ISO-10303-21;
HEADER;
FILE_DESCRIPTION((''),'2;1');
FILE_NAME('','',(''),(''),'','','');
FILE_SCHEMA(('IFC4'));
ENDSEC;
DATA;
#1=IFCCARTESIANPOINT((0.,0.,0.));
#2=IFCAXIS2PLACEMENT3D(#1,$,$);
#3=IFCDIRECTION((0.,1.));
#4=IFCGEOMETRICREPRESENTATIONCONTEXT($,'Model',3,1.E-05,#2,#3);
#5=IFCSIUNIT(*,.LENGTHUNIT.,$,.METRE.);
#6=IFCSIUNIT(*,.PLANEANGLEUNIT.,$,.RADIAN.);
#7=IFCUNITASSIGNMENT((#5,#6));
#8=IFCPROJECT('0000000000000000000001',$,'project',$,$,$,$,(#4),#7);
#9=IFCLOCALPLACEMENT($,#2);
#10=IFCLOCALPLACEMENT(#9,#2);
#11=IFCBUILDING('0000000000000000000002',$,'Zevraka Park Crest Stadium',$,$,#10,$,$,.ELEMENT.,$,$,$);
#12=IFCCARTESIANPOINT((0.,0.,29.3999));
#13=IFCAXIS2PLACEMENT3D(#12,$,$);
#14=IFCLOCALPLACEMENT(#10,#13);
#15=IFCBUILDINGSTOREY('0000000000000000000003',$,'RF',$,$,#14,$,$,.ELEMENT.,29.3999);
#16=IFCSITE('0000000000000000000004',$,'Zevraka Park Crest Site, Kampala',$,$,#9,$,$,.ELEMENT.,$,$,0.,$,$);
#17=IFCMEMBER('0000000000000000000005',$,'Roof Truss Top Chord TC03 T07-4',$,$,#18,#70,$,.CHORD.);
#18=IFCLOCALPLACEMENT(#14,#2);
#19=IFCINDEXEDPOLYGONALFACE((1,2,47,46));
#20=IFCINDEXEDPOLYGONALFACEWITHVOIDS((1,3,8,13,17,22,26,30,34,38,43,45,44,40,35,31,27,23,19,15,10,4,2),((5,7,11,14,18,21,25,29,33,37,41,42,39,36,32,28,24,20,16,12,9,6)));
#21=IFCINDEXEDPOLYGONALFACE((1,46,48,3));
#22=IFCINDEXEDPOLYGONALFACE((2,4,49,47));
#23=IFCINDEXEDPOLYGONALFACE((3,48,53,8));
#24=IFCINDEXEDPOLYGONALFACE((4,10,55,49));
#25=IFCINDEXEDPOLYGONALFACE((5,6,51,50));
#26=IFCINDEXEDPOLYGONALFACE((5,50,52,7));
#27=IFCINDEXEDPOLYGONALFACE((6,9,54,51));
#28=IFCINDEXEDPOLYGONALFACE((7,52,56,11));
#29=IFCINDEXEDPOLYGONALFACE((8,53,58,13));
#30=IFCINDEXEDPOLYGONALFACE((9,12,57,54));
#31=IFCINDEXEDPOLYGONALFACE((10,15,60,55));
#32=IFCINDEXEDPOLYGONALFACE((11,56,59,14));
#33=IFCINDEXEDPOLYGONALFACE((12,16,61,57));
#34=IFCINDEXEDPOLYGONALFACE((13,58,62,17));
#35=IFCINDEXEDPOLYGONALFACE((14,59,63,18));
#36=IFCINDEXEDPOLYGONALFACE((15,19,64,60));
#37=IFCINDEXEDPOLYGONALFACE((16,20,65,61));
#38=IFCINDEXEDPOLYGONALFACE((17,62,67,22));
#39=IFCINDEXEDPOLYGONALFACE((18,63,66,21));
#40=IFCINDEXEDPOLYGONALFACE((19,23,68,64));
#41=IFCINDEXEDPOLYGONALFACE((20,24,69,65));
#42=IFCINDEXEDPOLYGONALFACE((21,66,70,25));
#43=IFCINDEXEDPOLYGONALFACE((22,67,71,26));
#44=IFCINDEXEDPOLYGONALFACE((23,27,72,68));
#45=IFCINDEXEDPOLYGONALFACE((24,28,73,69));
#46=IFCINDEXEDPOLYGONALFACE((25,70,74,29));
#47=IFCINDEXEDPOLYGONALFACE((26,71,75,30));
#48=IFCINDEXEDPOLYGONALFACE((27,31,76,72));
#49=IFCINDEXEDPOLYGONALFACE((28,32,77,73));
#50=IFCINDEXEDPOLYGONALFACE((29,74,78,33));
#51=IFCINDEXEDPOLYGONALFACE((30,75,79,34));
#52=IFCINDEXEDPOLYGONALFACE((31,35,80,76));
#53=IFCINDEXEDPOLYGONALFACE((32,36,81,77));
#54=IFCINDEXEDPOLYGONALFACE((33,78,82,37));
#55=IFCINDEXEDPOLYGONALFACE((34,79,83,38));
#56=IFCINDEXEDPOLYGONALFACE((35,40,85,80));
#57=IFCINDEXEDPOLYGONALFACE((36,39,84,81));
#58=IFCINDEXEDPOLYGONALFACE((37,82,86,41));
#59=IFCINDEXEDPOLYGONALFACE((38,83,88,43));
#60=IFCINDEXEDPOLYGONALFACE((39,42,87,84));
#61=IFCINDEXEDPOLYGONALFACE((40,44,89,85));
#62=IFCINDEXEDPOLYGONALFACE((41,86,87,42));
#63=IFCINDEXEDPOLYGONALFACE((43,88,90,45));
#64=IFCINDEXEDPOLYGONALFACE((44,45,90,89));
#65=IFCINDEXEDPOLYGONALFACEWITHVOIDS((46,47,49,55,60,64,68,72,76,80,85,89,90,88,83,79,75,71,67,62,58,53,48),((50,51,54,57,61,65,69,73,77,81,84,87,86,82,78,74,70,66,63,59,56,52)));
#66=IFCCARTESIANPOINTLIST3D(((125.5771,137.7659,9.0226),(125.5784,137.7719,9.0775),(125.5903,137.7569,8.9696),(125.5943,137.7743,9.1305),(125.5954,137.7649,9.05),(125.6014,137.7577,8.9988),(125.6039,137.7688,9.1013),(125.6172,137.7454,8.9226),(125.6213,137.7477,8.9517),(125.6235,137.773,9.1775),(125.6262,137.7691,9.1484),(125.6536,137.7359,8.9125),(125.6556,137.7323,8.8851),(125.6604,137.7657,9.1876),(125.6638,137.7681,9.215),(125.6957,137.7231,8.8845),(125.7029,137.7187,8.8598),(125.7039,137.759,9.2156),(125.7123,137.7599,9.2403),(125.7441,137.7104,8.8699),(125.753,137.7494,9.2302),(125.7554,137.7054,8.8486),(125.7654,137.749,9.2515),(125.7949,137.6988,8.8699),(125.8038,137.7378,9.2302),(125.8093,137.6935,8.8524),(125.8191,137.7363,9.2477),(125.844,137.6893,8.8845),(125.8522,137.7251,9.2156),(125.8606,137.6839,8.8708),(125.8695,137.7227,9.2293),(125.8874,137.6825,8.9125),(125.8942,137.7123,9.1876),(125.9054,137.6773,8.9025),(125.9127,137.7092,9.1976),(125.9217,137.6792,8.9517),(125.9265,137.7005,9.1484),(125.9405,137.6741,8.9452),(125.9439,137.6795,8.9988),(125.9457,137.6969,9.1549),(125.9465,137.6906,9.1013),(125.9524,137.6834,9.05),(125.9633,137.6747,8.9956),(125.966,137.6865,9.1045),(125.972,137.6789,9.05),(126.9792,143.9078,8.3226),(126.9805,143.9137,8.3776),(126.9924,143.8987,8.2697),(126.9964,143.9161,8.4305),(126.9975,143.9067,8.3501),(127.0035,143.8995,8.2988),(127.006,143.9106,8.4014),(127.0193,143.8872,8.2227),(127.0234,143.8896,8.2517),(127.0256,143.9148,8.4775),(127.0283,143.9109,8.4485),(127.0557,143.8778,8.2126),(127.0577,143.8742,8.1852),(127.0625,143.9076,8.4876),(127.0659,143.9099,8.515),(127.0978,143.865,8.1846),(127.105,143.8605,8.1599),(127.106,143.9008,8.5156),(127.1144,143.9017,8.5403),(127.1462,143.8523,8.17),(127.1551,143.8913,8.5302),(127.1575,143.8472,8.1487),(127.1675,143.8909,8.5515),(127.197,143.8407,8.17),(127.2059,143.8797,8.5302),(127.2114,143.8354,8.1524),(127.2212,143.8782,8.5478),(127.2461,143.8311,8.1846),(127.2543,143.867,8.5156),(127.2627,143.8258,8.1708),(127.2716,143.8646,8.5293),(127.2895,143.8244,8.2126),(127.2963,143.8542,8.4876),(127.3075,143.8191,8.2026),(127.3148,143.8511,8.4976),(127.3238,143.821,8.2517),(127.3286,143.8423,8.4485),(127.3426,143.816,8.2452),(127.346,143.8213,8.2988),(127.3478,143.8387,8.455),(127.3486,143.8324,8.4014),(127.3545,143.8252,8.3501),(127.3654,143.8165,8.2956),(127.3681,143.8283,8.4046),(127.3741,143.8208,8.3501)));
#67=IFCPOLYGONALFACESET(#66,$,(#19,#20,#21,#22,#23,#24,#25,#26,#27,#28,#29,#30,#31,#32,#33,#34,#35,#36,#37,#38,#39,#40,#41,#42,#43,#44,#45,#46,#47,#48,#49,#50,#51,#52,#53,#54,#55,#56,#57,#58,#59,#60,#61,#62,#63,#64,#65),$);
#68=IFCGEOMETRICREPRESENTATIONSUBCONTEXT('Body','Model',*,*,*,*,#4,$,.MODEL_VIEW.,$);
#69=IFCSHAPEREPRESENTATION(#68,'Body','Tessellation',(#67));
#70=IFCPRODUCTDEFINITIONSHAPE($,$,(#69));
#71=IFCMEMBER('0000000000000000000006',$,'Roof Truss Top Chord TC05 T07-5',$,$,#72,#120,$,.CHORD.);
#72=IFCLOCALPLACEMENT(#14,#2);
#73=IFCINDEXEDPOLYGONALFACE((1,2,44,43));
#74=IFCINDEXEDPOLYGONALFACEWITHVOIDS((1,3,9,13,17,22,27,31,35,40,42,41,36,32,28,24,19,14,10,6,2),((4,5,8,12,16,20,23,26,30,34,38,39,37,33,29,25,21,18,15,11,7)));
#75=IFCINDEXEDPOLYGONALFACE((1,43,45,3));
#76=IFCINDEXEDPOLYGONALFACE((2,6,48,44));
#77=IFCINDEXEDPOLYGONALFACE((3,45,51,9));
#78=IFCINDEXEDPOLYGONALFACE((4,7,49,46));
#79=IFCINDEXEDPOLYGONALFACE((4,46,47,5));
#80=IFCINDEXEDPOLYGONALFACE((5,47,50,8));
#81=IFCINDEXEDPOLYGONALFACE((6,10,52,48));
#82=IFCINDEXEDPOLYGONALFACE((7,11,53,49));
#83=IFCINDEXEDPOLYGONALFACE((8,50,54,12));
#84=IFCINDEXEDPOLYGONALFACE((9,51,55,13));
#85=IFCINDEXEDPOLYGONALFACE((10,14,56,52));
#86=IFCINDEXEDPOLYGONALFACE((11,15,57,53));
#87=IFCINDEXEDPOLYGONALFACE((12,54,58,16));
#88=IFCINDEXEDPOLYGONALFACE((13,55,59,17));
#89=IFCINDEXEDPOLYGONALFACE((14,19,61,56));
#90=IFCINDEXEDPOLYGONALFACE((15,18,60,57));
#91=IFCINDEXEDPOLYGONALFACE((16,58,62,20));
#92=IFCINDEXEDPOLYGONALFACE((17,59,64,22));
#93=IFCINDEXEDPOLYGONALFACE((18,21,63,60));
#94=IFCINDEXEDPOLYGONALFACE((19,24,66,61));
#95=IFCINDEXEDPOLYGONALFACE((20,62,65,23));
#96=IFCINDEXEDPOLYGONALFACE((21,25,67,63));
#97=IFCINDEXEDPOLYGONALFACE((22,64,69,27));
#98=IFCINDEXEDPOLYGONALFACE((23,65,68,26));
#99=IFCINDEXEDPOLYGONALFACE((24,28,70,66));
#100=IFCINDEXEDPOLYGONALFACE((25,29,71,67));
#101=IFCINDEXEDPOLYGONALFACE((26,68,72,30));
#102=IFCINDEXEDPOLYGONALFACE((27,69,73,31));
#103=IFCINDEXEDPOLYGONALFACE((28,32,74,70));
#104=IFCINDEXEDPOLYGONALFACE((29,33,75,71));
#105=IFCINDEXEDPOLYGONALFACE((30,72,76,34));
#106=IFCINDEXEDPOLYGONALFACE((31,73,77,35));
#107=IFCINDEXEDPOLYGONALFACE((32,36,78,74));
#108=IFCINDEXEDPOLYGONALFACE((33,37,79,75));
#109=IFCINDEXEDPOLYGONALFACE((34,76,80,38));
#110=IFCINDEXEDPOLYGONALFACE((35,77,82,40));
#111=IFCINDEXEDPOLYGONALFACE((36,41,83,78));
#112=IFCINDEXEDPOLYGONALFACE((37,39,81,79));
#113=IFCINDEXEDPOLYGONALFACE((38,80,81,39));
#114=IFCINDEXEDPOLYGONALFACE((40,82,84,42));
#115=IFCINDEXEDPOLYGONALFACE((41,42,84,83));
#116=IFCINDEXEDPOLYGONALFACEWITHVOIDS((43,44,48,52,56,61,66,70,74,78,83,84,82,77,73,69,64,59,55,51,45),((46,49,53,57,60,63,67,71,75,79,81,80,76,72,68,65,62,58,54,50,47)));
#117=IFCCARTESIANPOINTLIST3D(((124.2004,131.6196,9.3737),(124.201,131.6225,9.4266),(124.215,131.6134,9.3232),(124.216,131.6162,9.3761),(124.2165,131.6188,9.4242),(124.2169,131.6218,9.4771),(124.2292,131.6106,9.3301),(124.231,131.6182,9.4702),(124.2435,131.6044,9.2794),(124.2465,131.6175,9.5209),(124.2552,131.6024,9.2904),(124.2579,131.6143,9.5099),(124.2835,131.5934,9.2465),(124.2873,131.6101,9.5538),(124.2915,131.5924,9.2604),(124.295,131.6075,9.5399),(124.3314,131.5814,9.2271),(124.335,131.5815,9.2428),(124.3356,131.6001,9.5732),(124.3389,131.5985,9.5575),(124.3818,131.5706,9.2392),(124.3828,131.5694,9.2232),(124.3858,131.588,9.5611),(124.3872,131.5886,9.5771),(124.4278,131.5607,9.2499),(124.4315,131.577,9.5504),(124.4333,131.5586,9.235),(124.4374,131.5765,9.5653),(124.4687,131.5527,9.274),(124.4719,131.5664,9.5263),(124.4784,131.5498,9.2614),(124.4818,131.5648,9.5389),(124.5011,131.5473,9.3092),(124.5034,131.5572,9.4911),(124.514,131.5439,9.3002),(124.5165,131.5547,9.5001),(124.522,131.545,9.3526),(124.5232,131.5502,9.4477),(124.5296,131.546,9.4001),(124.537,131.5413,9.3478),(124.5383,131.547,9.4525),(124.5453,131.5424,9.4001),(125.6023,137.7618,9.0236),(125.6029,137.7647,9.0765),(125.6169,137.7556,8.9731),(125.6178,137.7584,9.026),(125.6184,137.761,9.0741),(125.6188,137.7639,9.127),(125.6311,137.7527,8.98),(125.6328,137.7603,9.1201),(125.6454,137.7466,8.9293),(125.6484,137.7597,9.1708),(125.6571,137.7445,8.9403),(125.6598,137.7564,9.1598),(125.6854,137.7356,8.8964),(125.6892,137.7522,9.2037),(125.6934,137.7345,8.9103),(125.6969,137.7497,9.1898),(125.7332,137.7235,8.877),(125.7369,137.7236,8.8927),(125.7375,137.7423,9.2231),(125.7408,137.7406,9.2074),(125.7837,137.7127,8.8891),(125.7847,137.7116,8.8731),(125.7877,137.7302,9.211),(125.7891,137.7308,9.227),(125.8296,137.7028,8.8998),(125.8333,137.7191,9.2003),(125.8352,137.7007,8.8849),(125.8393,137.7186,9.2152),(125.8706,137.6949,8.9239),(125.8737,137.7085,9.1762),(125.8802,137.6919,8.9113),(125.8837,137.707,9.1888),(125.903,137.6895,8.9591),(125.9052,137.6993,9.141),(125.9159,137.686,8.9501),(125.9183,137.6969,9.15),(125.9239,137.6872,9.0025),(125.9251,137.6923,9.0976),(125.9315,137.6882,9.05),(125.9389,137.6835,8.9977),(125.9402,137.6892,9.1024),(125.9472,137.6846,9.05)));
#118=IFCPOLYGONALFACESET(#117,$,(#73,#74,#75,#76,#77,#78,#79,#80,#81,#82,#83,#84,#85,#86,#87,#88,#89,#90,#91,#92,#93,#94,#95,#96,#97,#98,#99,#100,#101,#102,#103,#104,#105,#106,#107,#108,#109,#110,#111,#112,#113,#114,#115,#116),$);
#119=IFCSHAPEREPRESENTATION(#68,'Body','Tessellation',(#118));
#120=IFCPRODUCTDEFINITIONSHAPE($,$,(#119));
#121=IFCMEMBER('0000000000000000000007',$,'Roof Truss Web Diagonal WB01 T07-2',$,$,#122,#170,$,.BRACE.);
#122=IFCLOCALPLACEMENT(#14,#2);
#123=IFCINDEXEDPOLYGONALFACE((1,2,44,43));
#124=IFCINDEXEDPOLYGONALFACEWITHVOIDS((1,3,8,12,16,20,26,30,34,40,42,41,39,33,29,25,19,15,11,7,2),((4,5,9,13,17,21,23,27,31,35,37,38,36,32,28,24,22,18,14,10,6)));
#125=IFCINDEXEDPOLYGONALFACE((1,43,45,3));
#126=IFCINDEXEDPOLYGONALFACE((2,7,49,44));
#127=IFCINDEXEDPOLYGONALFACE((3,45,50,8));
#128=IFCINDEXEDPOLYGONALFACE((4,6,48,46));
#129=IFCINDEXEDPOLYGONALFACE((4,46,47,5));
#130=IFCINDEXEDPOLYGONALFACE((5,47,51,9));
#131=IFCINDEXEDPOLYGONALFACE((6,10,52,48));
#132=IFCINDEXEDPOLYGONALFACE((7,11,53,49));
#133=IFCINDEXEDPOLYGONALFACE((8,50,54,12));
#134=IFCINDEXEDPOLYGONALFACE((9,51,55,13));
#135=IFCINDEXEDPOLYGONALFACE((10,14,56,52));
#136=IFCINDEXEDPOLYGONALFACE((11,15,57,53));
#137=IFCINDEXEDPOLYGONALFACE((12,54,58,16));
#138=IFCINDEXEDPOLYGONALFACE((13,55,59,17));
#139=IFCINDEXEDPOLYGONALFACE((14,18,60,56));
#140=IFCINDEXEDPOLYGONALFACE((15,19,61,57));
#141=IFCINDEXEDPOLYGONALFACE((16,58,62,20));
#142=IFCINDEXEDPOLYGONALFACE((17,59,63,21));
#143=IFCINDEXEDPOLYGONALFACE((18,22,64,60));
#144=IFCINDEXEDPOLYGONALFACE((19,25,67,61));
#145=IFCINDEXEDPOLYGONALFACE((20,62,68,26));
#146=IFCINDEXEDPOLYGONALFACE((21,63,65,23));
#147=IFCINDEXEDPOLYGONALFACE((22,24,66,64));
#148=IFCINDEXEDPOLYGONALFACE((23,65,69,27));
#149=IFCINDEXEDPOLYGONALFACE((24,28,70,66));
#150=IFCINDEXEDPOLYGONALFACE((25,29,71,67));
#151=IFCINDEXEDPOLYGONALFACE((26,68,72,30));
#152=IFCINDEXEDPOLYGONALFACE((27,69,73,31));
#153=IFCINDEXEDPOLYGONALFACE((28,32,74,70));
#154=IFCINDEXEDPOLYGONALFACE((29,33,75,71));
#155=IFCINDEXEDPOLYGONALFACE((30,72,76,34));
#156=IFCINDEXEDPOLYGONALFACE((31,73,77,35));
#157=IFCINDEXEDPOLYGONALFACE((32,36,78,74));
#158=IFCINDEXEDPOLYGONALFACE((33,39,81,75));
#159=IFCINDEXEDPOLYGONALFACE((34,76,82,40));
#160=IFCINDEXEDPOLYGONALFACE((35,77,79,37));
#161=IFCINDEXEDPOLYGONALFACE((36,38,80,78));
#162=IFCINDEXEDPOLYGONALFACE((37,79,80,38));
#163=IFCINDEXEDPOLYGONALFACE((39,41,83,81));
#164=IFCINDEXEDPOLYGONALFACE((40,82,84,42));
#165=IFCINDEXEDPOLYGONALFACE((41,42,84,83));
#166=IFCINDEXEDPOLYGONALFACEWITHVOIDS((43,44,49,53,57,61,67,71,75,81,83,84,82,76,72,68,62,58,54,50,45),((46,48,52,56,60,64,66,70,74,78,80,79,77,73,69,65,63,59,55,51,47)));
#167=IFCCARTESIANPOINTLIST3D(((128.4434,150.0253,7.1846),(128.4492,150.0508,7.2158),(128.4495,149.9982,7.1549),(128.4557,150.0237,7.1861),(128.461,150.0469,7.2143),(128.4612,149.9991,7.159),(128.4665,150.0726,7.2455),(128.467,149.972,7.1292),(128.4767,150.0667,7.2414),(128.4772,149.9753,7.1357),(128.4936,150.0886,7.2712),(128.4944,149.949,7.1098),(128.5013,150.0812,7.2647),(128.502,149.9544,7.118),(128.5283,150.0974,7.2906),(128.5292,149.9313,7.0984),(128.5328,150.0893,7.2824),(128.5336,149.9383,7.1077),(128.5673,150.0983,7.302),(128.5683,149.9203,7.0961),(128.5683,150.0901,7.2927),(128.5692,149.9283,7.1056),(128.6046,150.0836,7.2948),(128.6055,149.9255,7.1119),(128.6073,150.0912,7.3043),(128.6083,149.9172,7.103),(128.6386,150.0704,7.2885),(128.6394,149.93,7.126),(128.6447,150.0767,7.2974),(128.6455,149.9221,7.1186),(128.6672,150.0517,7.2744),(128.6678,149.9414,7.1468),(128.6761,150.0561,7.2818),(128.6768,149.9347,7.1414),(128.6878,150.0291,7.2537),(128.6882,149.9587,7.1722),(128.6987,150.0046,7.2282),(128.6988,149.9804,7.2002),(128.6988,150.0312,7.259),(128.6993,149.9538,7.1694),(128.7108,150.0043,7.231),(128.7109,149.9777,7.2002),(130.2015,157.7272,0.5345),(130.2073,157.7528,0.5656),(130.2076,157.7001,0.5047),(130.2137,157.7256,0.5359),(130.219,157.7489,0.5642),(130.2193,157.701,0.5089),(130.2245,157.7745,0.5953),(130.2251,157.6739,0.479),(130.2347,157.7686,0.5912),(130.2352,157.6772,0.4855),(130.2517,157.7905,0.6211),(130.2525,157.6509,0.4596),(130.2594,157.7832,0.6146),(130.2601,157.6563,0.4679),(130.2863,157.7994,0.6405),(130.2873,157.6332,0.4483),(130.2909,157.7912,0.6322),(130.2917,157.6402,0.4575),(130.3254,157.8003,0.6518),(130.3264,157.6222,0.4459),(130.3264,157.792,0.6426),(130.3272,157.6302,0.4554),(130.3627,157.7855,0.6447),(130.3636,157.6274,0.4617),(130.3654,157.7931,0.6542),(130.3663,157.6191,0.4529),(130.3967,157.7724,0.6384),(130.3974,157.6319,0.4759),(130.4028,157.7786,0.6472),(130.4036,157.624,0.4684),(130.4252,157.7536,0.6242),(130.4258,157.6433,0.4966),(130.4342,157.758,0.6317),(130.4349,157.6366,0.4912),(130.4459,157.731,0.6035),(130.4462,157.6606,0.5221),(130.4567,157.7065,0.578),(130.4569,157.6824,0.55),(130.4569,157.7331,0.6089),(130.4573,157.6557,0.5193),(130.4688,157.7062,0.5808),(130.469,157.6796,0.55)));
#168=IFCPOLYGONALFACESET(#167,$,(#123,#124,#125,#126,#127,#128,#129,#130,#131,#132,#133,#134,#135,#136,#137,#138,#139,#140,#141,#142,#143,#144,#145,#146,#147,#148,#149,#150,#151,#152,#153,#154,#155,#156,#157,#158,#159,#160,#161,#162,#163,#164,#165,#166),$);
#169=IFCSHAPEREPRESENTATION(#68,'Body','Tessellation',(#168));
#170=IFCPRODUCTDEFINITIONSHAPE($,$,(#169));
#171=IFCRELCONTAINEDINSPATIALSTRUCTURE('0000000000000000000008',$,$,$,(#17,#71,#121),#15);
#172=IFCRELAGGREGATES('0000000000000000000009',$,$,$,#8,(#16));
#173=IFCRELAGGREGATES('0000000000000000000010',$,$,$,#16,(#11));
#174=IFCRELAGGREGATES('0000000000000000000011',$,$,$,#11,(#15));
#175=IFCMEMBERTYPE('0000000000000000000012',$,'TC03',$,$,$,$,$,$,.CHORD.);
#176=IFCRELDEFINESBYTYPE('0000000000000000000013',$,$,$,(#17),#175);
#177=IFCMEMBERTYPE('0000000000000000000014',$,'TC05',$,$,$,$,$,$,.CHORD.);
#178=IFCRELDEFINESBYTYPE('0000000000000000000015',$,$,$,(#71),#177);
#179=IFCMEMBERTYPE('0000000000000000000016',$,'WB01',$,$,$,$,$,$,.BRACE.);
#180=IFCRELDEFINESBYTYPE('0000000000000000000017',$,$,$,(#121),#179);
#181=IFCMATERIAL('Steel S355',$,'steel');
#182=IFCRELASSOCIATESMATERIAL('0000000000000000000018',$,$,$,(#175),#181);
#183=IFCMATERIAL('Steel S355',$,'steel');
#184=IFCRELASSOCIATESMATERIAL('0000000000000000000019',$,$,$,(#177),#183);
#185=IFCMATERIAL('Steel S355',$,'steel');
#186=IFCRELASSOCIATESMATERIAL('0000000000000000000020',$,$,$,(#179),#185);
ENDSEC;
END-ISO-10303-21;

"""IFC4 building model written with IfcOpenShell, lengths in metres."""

from ifc_helpers import new_model, si_unit, direction, frame, origin, origin_2d, place, context, subcontext, project, spatial, hollow_circle, extrude, material, material_profile, profile_set, type_object, element, save


model = new_model("IFC4")

# Units and contexts
model_context = context("Model", 3, precision=1e-05, world=origin(), true_north=direction((0.0, 1.0)))
body_context = subcontext(model_context, "Body", "Model", "MODEL_VIEW")
ifc_project = project(units=[si_unit("LENGTHUNIT", "METRE"), si_unit("PLANEANGLEUNIT", "RADIAN")], contexts=[model_context])

# Site, building, storey
site_placement = place(None, origin())
site = spatial("IfcSite", under=ifc_project, at=site_placement, Name="Zevraka Park Crest Site, Kampala", CompositionType="ELEMENT", RefElevation=0.0)
building_placement = place(site_placement, origin())
building = spatial("IfcBuilding", under=site, at=building_placement, Name="Zevraka Park Crest Stadium", CompositionType="ELEMENT")
storey_placement = place(building_placement, frame((0.0, 0.0, 29.3999)))
storey = spatial("IfcBuildingStorey", under=building, at=storey_placement, Name="RF", CompositionType="ELEMENT", Elevation=29.3999)

# Members
ifc_material_1 = material(Name="Steel S355", Category="steel")
ifc_material_profile_1 = material_profile(ifc_material_1, hollow_circle(Radius=0.2031, WallThickness=0.02, at=origin_2d()), Name="CHS 406.4x20")
ifc_profile_set_1 = profile_set([ifc_material_profile_1], Name="Steel S355")
member_type_1 = type_object("IfcMemberType", Name="TC03", PredefinedType="CHORD", material=ifc_profile_set_1)
member_1_placement = place(storey_placement, frame((127.176, 143.866, 8.3501), z_axis=(-0.2212, -0.968957, 0.110426), x_axis=(0.974919, -0.222561, 0.0)))
element("IfcMember", 1, at=member_1_placement, inside=storey, type_object=member_type_1, Name="Roof Truss Top Chord TC03 T07-4", PredefinedType="CHORD", context=body_context, shape_type="SweptSolid", body=[
    extrude(hollow_circle(Radius=0.2031, WallThickness=0.02, at=origin_2d()), origin(), (0.0, 0.0, 1.0), 6.3386),
])
ifc_material_2 = material(Name="Steel S355", Category="steel")
ifc_material_profile_2 = material_profile(ifc_material_2, hollow_circle(Radius=0.1777, WallThickness=0.0161, at=origin_2d()), Name="CHS 355.6x16")
ifc_profile_set_2 = profile_set([ifc_material_profile_2], Name="Steel S355")
member_type_2 = type_object("IfcMemberType", Name="TC05", PredefinedType="CHORD", material=ifc_profile_set_2)
member_2_placement = place(storey_placement, frame((125.7739, 137.7241, 9.05), z_axis=(-0.222173, -0.973427, 0.055485), x_axis=(0.974929, -0.222515, 0.0)))
element("IfcMember", 2, at=member_2_placement, inside=storey, type_object=member_type_2, Name="Roof Truss Top Chord TC05 T07-5", PredefinedType="CHORD", context=body_context, shape_type="SweptSolid", body=[
    extrude(hollow_circle(Radius=0.1777, WallThickness=0.0161, at=origin_2d()), origin(), (0.0, 0.0, 1.0), 6.3098),
])
ifc_material_3 = material(Name="Steel S355", Category="steel")
ifc_material_profile_3 = material_profile(ifc_material_3, hollow_circle(Radius=0.1365, WallThickness=0.0125, at=origin_2d()), Name="CHS 273.0x12.5")
ifc_profile_set_3 = profile_set([ifc_material_profile_3], Name="Steel S355")
member_type_3 = type_object("IfcMemberType", Name="WB01", PredefinedType="BRACE", material=ifc_profile_set_3)
member_3_placement = place(storey_placement, frame((130.3359, 157.71, 0.55), z_axis=(-0.170249, -0.745846, 0.643995), x_axis=(0.974924, -0.222539, 0.0)))
element("IfcMember", 3, at=member_3_placement, inside=storey, type_object=member_type_3, Name="Roof Truss Web Diagonal WB01 T07-2", PredefinedType="BRACE", context=body_context, shape_type="SweptSolid", body=[
    extrude(hollow_circle(Radius=0.1365, WallThickness=0.0125, at=origin_2d()), origin(), (0.0, 0.0, 1.0), 10.3264),
])

save(model, "model.ifc")
